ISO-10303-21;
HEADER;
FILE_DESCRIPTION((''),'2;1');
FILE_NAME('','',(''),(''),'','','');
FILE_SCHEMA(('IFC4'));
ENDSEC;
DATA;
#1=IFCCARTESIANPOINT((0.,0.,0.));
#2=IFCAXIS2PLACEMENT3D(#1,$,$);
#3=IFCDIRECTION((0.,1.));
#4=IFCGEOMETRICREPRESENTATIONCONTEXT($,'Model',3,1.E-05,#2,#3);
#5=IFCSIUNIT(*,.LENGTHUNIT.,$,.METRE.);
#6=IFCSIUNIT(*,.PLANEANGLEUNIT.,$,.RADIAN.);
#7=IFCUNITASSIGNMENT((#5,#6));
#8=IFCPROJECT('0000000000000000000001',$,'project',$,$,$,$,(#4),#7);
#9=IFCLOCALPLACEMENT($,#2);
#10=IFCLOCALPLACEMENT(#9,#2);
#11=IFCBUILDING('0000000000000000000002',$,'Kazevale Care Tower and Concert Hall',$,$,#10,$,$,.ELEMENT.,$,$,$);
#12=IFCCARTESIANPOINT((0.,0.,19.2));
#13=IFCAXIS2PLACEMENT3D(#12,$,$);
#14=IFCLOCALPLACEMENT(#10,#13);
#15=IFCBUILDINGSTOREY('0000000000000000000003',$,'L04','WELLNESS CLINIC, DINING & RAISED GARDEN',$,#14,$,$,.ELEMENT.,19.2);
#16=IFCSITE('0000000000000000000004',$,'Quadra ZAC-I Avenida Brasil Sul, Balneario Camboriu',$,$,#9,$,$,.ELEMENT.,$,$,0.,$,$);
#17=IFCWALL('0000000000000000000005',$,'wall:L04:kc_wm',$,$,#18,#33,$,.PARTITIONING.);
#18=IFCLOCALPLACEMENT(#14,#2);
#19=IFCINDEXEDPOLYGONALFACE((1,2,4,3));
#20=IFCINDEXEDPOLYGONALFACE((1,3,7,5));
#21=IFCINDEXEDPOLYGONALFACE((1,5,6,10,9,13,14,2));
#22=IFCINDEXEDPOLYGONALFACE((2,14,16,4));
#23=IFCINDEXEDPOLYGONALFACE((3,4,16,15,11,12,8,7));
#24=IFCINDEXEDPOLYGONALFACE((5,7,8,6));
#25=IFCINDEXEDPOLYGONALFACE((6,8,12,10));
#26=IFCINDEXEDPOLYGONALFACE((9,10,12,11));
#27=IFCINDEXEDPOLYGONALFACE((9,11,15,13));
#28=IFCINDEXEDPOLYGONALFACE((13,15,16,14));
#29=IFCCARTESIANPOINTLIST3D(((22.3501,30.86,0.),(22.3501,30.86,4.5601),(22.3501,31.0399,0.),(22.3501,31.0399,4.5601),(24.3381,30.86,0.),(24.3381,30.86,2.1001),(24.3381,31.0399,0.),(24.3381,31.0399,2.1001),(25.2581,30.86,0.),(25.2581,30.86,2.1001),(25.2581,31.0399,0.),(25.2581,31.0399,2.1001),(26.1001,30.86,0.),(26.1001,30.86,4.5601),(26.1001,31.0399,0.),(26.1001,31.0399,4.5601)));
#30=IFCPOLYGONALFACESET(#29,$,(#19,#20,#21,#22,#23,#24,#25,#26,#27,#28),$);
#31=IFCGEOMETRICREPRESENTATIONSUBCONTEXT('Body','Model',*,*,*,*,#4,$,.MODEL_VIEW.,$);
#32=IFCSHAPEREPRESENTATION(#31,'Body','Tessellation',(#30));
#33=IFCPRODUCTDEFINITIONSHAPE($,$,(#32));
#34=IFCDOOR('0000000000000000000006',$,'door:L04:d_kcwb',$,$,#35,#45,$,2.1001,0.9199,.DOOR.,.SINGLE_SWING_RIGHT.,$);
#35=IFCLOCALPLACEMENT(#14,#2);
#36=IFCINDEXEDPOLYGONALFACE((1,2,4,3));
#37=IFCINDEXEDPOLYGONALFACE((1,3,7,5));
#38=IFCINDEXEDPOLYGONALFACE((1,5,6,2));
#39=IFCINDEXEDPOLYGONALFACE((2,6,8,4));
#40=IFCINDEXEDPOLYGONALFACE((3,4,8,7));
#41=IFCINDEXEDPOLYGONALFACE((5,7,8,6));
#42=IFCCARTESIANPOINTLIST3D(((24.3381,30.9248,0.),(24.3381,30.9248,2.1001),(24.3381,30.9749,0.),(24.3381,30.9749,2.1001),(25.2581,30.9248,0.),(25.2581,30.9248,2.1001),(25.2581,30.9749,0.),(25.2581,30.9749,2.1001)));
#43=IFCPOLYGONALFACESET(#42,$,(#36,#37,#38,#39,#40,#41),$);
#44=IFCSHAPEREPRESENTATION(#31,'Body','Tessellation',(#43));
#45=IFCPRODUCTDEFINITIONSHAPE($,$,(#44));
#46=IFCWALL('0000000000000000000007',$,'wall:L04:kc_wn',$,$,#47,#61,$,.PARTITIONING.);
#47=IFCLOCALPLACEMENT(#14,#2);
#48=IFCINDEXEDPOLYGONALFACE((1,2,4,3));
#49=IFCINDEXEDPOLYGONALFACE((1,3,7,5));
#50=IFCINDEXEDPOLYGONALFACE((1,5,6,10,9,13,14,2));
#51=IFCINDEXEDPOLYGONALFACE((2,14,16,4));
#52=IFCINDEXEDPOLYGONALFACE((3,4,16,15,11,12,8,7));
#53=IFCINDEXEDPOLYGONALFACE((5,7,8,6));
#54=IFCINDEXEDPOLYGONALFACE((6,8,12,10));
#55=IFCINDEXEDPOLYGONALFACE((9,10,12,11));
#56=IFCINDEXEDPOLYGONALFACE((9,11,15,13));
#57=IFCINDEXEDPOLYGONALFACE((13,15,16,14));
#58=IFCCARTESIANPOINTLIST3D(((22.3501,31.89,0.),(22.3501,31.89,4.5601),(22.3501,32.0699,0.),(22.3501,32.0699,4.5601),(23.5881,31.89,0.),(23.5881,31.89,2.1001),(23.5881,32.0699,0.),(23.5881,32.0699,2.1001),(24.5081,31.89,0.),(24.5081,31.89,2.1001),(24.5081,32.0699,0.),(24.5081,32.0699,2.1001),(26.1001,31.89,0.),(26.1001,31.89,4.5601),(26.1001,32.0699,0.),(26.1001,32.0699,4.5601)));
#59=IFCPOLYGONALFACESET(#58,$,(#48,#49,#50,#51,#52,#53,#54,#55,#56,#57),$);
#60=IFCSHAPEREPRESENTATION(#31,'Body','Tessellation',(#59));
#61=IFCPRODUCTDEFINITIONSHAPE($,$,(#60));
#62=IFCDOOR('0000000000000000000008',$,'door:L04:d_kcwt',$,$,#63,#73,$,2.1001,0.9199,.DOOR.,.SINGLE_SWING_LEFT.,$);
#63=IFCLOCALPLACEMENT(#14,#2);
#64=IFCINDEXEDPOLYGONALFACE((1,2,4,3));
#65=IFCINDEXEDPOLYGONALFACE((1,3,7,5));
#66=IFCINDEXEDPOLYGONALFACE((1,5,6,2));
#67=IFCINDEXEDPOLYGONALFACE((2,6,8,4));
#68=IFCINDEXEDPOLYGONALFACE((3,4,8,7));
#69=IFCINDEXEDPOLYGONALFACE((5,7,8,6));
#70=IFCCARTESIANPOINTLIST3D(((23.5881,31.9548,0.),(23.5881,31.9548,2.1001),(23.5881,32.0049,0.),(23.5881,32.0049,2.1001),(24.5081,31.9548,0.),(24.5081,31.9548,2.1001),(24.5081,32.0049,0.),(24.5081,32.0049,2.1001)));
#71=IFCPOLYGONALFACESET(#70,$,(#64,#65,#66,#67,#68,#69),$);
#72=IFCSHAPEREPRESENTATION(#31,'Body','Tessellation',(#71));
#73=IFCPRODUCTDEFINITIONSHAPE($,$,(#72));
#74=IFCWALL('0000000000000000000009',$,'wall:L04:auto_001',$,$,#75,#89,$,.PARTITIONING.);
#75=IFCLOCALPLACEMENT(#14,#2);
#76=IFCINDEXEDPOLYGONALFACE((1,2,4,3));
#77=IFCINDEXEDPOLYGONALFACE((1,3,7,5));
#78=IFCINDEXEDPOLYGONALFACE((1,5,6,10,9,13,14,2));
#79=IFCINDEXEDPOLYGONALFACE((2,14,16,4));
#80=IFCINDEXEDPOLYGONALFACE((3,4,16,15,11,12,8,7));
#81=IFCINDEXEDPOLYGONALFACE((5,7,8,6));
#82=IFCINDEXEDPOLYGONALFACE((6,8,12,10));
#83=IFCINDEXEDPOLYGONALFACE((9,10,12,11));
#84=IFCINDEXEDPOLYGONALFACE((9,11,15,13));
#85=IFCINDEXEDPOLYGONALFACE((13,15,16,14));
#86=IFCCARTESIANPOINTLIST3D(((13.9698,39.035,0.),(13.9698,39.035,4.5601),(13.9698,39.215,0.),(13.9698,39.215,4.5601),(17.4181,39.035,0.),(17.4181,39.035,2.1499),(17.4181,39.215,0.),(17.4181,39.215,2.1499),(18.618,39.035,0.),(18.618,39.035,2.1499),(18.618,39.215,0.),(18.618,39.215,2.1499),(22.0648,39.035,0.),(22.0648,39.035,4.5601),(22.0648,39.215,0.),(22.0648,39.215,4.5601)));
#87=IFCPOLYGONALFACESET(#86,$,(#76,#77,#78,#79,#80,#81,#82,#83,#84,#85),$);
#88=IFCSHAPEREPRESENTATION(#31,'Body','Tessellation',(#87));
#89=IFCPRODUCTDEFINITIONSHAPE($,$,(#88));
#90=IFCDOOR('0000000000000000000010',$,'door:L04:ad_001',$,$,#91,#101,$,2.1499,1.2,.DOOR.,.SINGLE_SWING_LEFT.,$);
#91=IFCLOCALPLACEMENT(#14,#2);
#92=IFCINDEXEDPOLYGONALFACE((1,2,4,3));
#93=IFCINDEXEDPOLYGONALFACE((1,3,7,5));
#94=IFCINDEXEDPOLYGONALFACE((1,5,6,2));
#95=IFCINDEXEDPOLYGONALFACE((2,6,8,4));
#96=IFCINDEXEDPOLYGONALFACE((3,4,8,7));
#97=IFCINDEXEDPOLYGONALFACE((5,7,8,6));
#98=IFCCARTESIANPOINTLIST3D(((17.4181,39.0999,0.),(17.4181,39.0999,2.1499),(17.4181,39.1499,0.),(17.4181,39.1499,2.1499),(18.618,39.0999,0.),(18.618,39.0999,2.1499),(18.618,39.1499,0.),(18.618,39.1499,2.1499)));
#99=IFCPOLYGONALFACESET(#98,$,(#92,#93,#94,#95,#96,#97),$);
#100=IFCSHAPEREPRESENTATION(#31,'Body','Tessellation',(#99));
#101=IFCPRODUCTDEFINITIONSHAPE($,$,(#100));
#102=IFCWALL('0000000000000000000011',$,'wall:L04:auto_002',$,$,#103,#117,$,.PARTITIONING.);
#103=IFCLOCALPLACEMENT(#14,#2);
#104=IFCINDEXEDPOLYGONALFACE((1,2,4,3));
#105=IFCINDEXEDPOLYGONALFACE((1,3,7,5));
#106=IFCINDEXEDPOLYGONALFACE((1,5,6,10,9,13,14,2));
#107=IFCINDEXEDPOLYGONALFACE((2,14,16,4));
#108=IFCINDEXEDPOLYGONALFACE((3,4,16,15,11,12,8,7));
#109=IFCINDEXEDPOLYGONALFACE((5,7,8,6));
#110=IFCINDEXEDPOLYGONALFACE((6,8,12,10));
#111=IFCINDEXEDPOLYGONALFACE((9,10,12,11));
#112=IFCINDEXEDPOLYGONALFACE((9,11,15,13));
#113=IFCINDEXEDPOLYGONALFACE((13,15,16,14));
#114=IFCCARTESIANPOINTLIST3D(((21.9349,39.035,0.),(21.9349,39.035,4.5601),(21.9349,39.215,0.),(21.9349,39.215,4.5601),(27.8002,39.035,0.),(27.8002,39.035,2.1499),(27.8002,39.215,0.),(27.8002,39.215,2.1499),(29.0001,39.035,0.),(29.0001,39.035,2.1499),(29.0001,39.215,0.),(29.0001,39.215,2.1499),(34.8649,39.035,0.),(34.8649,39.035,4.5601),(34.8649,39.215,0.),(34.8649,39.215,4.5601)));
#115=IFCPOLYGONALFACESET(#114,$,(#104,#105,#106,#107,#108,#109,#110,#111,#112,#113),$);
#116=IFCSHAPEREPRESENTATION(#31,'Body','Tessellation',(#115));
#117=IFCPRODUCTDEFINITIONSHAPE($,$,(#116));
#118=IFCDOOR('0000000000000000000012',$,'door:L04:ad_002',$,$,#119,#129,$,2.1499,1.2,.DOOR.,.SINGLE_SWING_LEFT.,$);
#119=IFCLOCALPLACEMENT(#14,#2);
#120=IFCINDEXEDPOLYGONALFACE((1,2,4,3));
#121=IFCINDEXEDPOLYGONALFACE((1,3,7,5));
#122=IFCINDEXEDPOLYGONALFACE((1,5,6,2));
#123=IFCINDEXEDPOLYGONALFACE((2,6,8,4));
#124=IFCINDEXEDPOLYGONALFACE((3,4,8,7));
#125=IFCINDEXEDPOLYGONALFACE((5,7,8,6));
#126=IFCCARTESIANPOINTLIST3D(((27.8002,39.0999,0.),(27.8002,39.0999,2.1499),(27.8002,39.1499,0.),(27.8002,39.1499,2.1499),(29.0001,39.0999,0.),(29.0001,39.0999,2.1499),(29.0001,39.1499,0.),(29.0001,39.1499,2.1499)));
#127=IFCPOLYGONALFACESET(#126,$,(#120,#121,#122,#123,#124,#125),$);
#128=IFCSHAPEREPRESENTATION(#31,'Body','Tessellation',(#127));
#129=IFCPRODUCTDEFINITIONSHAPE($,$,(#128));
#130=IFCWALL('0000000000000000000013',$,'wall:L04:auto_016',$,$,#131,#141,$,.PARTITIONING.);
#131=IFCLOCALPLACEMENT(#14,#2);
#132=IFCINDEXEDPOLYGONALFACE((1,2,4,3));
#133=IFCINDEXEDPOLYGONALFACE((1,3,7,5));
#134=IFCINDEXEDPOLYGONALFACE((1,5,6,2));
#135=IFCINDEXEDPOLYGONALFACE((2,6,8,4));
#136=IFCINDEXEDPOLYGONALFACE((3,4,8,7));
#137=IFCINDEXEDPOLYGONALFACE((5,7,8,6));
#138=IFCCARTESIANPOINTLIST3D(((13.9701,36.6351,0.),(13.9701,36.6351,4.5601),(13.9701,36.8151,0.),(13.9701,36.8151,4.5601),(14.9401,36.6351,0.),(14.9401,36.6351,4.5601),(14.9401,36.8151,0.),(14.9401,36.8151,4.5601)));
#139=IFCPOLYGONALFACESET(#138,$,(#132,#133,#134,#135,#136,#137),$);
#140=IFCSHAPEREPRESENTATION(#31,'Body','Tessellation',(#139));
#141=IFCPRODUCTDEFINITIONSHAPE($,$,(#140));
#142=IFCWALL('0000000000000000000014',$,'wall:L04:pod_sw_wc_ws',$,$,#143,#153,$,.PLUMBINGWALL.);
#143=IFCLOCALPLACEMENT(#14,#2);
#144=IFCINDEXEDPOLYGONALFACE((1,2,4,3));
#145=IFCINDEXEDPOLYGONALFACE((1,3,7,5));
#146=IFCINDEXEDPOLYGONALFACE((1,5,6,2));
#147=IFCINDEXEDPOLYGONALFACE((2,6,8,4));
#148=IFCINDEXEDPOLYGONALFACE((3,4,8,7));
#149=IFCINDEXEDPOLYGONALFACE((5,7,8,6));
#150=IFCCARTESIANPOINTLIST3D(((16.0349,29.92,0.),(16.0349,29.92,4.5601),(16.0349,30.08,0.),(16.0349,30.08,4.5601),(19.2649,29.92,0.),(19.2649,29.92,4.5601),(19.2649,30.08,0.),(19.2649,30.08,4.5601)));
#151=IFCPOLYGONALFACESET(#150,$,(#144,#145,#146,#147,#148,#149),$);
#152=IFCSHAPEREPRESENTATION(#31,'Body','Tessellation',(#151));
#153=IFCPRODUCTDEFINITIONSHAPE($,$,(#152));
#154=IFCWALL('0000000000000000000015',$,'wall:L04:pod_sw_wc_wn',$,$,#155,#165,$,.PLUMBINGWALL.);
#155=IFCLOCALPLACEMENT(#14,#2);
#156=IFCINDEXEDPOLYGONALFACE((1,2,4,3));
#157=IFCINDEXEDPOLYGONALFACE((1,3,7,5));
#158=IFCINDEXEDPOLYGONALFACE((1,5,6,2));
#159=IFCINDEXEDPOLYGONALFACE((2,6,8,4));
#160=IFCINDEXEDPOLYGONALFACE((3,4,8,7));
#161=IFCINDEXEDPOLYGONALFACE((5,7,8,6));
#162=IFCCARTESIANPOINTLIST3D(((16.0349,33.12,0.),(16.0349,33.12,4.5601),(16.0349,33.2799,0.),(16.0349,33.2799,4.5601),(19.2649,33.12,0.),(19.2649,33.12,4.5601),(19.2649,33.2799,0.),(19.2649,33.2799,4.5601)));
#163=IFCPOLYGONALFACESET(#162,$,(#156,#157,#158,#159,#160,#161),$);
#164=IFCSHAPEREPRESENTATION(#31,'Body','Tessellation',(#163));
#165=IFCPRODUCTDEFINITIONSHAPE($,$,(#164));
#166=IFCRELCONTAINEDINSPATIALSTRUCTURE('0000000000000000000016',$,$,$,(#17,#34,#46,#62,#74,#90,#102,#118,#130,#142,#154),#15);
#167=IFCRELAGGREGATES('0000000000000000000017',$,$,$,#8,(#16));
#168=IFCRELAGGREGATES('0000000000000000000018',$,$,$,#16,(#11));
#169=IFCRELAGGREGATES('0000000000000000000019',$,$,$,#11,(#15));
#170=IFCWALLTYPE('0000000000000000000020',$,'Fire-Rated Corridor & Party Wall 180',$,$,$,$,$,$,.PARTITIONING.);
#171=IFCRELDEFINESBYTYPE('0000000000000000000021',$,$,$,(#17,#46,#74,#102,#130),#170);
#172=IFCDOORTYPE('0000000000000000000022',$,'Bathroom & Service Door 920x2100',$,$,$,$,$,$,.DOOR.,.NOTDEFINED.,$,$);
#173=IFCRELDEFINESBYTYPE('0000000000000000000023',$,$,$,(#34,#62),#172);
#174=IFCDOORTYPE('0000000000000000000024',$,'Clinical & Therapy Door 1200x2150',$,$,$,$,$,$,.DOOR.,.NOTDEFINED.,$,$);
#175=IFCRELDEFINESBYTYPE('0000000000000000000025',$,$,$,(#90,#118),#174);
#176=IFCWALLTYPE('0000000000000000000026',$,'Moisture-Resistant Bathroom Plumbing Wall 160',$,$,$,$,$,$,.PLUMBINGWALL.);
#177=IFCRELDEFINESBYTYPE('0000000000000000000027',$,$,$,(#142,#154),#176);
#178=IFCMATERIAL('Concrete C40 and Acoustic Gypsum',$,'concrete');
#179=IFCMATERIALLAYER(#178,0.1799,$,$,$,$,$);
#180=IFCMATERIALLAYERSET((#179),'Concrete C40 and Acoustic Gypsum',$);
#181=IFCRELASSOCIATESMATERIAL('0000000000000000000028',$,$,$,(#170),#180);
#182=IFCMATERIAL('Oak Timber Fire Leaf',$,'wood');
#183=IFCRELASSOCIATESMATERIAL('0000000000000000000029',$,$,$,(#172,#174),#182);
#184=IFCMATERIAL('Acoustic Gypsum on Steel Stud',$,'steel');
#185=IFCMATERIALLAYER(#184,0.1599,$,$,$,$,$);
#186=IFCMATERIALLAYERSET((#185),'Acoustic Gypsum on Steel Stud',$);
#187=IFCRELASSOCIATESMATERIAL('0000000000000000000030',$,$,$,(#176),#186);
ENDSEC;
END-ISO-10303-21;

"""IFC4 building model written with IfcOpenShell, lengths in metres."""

from ifc_helpers import new_model, si_unit, direction, frame, frame_2d, origin, place, context, subcontext, project, spatial, rectangle, extrude, material, layer, layer_set, type_object, element, fill, save


model = new_model("IFC4")

# Units and contexts
model_context = context("Model", 3, precision=1e-05, world=origin(), true_north=direction((0.0, 1.0)))
body_context = subcontext(model_context, "Body", "Model", "MODEL_VIEW")
ifc_project = project(units=[si_unit("LENGTHUNIT", "METRE"), si_unit("PLANEANGLEUNIT", "RADIAN")], contexts=[model_context])

# Site, building, storey
site_placement = place(None, origin())
site = spatial("IfcSite", under=ifc_project, at=site_placement, Name="Quadra ZAC-I Avenida Brasil Sul, Balneario Camboriu", CompositionType="ELEMENT", RefElevation=0.0)
building_placement = place(site_placement, origin())
building = spatial("IfcBuilding", under=site, at=building_placement, Name="Kazevale Care Tower and Concert Hall", CompositionType="ELEMENT")
storey_placement = place(building_placement, frame((0.0, 0.0, 19.2)))
storey = spatial("IfcBuildingStorey", under=building, at=storey_placement, Name="L04", Description="WELLNESS CLINIC, DINING & RAISED GARDEN", CompositionType="ELEMENT", Elevation=19.2)

# Walls, openings, doors
ifc_material_1 = material(Name="Concrete C40 and Acoustic Gypsum", Category="concrete")
ifc_layer_1 = layer(ifc_material_1, 0.1799)
ifc_layer_set_1 = layer_set([ifc_layer_1], Name="Concrete C40 and Acoustic Gypsum")
wall_type_1 = type_object("IfcWallType", Name="Fire-Rated Corridor & Party Wall 180", PredefinedType="PARTITIONING", material=ifc_layer_set_1)
wall_1_placement = place(storey_placement, frame((22.3501, 30.95, 0.0), z_axis=(0.0, 0.0, 1.0), x_axis=(1.0, 0.0, 0.0)))
wall_1 = element("IfcWall", 1, at=wall_1_placement, inside=storey, type_object=wall_type_1, Name="wall:L04:kc_wm", PredefinedType="PARTITIONING", context=body_context, shape_type="SweptSolid", body=[
    extrude(rectangle(XDim=3.75, YDim=0.1799, at=frame_2d((1.875, 0.0))), origin(), (0.0, 0.0, 1.0), 4.5601),
])
opening_1_placement = place(wall_1_placement, frame((1.988, 0.0, 0.0)))
opening_1 = element("IfcOpeningElement", 2, at=opening_1_placement, cuts=wall_1, PredefinedType="OPENING", context=body_context, shape_type="SweptSolid", body=[
    extrude(rectangle(XDim=0.9199, YDim=2.1001, at=frame_2d((0.46, 1.05))), frame((0.0, 0.0999, 0.0), z_axis=(0.0, -1.0, 0.0), x_axis=(1.0, 0.0, 0.0)), (0.0, 0.0, 1.0), 0.2),
])
ifc_material_2 = material(Name="Oak Timber Fire Leaf", Category="wood")
door_type_1 = type_object("IfcDoorType", Name="Bathroom & Service Door 920x2100", OperationType="NOTDEFINED", PredefinedType="DOOR", material=ifc_material_2)
door_1_placement = place(opening_1_placement, origin())
door_1 = element("IfcDoor", 3, at=door_1_placement, inside=storey, type_object=door_type_1, Name="door:L04:d_kcwb", OperationType="SINGLE_SWING_RIGHT", OverallHeight=2.1001, OverallWidth=0.9199, PredefinedType="DOOR", context=body_context, shape_type="SweptSolid", body=[
    extrude(rectangle(XDim=0.9199, YDim=2.1001, at=frame_2d((0.46, 1.05))), frame((0.0, 0.0249, 0.0), z_axis=(0.0, -1.0, 0.0), x_axis=(1.0, 0.0, 0.0)), (0.0, 0.0, 1.0), 0.05),
])
fill(opening_1, door_1)
wall_2_placement = place(storey_placement, frame((22.3501, 31.98, 0.0), z_axis=(0.0, 0.0, 1.0), x_axis=(1.0, 0.0, 0.0)))
wall_2 = element("IfcWall", 4, at=wall_2_placement, inside=storey, type_object=wall_type_1, Name="wall:L04:kc_wn", PredefinedType="PARTITIONING", context=body_context, shape_type="SweptSolid", body=[
    extrude(rectangle(XDim=3.75, YDim=0.1799, at=frame_2d((1.875, 0.0))), origin(), (0.0, 0.0, 1.0), 4.5601),
])
opening_2_placement = place(wall_2_placement, frame((1.238, 0.0, 0.0)))
opening_2 = element("IfcOpeningElement", 5, at=opening_2_placement, cuts=wall_2, PredefinedType="OPENING", context=body_context, shape_type="SweptSolid", body=[
    extrude(rectangle(XDim=0.9199, YDim=2.1001, at=frame_2d((0.46, 1.05))), frame((0.0, 0.0999, 0.0), z_axis=(0.0, -1.0, 0.0), x_axis=(1.0, 0.0, 0.0)), (0.0, 0.0, 1.0), 0.2),
])
door_2_placement = place(opening_2_placement, origin())
door_2 = element("IfcDoor", 6, at=door_2_placement, inside=storey, type_object=door_type_1, Name="door:L04:d_kcwt", OperationType="SINGLE_SWING_LEFT", OverallHeight=2.1001, OverallWidth=0.9199, PredefinedType="DOOR", context=body_context, shape_type="SweptSolid", body=[
    extrude(rectangle(XDim=0.9199, YDim=2.1001, at=frame_2d((0.46, 1.05))), frame((0.0, 0.0249, 0.0), z_axis=(0.0, -1.0, 0.0), x_axis=(1.0, 0.0, 0.0)), (0.0, 0.0, 1.0), 0.05),
])
fill(opening_2, door_2)
wall_3_placement = place(storey_placement, frame((13.97, 39.125, 0.0), z_axis=(0.0, 0.0, 1.0), x_axis=(1.0, 0.0, 0.0)))
wall_3 = element("IfcWall", 7, at=wall_3_placement, inside=storey, type_object=wall_type_1, Name="wall:L04:auto_001", PredefinedType="PARTITIONING", context=body_context, shape_type="SweptSolid", body=[
    extrude(rectangle(XDim=8.095, YDim=0.1799, at=frame_2d((4.0474, 0.0))), origin(), (0.0, 0.0, 1.0), 4.5601),
])
opening_3_placement = place(wall_3_placement, frame((3.448, 0.0, 0.0)))
opening_3 = element("IfcOpeningElement", 8, at=opening_3_placement, cuts=wall_3, PredefinedType="OPENING", context=body_context, shape_type="SweptSolid", body=[
    extrude(rectangle(XDim=1.2, YDim=2.1499, at=frame_2d((0.6001, 1.075))), frame((0.0, 0.0999, 0.0), z_axis=(0.0, -1.0, 0.0), x_axis=(1.0, 0.0, 0.0)), (0.0, 0.0, 1.0), 0.2),
])
door_type_2 = type_object("IfcDoorType", Name="Clinical & Therapy Door 1200x2150", OperationType="NOTDEFINED", PredefinedType="DOOR", material=ifc_material_2)
door_3_placement = place(opening_3_placement, origin())
door_3 = element("IfcDoor", 9, at=door_3_placement, inside=storey, type_object=door_type_2, Name="door:L04:ad_001", OperationType="SINGLE_SWING_LEFT", OverallHeight=2.1499, OverallWidth=1.2, PredefinedType="DOOR", context=body_context, shape_type="SweptSolid", body=[
    extrude(rectangle(XDim=1.2, YDim=2.1499, at=frame_2d((0.6001, 1.075))), frame((0.0, 0.0249, 0.0), z_axis=(0.0, -1.0, 0.0), x_axis=(1.0, 0.0, 0.0)), (0.0, 0.0, 1.0), 0.05),
])
fill(opening_3, door_3)
wall_4_placement = place(storey_placement, frame((21.9351, 39.125, 0.0), z_axis=(0.0, 0.0, 1.0), x_axis=(1.0, 0.0, 0.0)))
wall_4 = element("IfcWall", 10, at=wall_4_placement, inside=storey, type_object=wall_type_1, Name="wall:L04:auto_002", PredefinedType="PARTITIONING", context=body_context, shape_type="SweptSolid", body=[
    extrude(rectangle(XDim=12.9299, YDim=0.1799, at=frame_2d((6.4648, 0.0))), origin(), (0.0, 0.0, 1.0), 4.5601),
])
opening_4_placement = place(wall_4_placement, frame((5.865, 0.0, 0.0)))
opening_4 = element("IfcOpeningElement", 11, at=opening_4_placement, cuts=wall_4, PredefinedType="OPENING", context=body_context, shape_type="SweptSolid", body=[
    extrude(rectangle(XDim=1.2, YDim=2.1499, at=frame_2d((0.6001, 1.075))), frame((0.0, 0.0999, 0.0), z_axis=(0.0, -1.0, 0.0), x_axis=(1.0, 0.0, 0.0)), (0.0, 0.0, 1.0), 0.2),
])
door_4_placement = place(opening_4_placement, origin())
door_4 = element("IfcDoor", 12, at=door_4_placement, inside=storey, type_object=door_type_2, Name="door:L04:ad_002", OperationType="SINGLE_SWING_LEFT", OverallHeight=2.1499, OverallWidth=1.2, PredefinedType="DOOR", context=body_context, shape_type="SweptSolid", body=[
    extrude(rectangle(XDim=1.2, YDim=2.1499, at=frame_2d((0.6001, 1.075))), frame((0.0, 0.0249, 0.0), z_axis=(0.0, -1.0, 0.0), x_axis=(1.0, 0.0, 0.0)), (0.0, 0.0, 1.0), 0.05),
])
fill(opening_4, door_4)

# Walls
wall_5_placement = place(storey_placement, frame((14.9399, 36.7251, 0.0), z_axis=(0.0, 0.0, 1.0), x_axis=(-1.0, 0.0, 0.0)))
element("IfcWall", 13, at=wall_5_placement, inside=storey, type_object=wall_type_1, Name="wall:L04:auto_016", PredefinedType="PARTITIONING", context=body_context, shape_type="SweptSolid", body=[
    extrude(rectangle(XDim=0.97, YDim=0.1799, at=frame_2d((0.4849, 0.0))), origin(), (0.0, 0.0, 1.0), 4.5601),
])
ifc_material_3 = material(Name="Acoustic Gypsum on Steel Stud", Category="steel")
ifc_layer_2 = layer(ifc_material_3, 0.1599)
ifc_layer_set_2 = layer_set([ifc_layer_2], Name="Acoustic Gypsum on Steel Stud")
wall_type_2 = type_object("IfcWallType", Name="Moisture-Resistant Bathroom Plumbing Wall 160", PredefinedType="PLUMBINGWALL", material=ifc_layer_set_2)
for number, where, z_axis, x_axis, name in (
    (14, (16.0349, 30.0, 0.0), (0.0, 0.0, 1.0), (1.0, 0.0, 0.0), "wall:L04:pod_sw_wc_ws"),
    (15, (16.0349, 33.2, 0.0), (0.0, 0.0, 1.0), (1.0, 0.0, 0.0), "wall:L04:pod_sw_wc_wn"),
):
    element("IfcWall", number, at=place(storey_placement, frame(where, z_axis=z_axis, x_axis=x_axis)), inside=storey, type_object=wall_type_2, Name=name, PredefinedType="PLUMBINGWALL", context=body_context, shape_type="SweptSolid", body=[
        extrude(rectangle(XDim=3.23, YDim=0.1599, at=frame_2d((1.615, 0.0))), origin(), (0.0, 0.0, 1.0), 4.5601),
    ])

save(model, "model.ifc")
